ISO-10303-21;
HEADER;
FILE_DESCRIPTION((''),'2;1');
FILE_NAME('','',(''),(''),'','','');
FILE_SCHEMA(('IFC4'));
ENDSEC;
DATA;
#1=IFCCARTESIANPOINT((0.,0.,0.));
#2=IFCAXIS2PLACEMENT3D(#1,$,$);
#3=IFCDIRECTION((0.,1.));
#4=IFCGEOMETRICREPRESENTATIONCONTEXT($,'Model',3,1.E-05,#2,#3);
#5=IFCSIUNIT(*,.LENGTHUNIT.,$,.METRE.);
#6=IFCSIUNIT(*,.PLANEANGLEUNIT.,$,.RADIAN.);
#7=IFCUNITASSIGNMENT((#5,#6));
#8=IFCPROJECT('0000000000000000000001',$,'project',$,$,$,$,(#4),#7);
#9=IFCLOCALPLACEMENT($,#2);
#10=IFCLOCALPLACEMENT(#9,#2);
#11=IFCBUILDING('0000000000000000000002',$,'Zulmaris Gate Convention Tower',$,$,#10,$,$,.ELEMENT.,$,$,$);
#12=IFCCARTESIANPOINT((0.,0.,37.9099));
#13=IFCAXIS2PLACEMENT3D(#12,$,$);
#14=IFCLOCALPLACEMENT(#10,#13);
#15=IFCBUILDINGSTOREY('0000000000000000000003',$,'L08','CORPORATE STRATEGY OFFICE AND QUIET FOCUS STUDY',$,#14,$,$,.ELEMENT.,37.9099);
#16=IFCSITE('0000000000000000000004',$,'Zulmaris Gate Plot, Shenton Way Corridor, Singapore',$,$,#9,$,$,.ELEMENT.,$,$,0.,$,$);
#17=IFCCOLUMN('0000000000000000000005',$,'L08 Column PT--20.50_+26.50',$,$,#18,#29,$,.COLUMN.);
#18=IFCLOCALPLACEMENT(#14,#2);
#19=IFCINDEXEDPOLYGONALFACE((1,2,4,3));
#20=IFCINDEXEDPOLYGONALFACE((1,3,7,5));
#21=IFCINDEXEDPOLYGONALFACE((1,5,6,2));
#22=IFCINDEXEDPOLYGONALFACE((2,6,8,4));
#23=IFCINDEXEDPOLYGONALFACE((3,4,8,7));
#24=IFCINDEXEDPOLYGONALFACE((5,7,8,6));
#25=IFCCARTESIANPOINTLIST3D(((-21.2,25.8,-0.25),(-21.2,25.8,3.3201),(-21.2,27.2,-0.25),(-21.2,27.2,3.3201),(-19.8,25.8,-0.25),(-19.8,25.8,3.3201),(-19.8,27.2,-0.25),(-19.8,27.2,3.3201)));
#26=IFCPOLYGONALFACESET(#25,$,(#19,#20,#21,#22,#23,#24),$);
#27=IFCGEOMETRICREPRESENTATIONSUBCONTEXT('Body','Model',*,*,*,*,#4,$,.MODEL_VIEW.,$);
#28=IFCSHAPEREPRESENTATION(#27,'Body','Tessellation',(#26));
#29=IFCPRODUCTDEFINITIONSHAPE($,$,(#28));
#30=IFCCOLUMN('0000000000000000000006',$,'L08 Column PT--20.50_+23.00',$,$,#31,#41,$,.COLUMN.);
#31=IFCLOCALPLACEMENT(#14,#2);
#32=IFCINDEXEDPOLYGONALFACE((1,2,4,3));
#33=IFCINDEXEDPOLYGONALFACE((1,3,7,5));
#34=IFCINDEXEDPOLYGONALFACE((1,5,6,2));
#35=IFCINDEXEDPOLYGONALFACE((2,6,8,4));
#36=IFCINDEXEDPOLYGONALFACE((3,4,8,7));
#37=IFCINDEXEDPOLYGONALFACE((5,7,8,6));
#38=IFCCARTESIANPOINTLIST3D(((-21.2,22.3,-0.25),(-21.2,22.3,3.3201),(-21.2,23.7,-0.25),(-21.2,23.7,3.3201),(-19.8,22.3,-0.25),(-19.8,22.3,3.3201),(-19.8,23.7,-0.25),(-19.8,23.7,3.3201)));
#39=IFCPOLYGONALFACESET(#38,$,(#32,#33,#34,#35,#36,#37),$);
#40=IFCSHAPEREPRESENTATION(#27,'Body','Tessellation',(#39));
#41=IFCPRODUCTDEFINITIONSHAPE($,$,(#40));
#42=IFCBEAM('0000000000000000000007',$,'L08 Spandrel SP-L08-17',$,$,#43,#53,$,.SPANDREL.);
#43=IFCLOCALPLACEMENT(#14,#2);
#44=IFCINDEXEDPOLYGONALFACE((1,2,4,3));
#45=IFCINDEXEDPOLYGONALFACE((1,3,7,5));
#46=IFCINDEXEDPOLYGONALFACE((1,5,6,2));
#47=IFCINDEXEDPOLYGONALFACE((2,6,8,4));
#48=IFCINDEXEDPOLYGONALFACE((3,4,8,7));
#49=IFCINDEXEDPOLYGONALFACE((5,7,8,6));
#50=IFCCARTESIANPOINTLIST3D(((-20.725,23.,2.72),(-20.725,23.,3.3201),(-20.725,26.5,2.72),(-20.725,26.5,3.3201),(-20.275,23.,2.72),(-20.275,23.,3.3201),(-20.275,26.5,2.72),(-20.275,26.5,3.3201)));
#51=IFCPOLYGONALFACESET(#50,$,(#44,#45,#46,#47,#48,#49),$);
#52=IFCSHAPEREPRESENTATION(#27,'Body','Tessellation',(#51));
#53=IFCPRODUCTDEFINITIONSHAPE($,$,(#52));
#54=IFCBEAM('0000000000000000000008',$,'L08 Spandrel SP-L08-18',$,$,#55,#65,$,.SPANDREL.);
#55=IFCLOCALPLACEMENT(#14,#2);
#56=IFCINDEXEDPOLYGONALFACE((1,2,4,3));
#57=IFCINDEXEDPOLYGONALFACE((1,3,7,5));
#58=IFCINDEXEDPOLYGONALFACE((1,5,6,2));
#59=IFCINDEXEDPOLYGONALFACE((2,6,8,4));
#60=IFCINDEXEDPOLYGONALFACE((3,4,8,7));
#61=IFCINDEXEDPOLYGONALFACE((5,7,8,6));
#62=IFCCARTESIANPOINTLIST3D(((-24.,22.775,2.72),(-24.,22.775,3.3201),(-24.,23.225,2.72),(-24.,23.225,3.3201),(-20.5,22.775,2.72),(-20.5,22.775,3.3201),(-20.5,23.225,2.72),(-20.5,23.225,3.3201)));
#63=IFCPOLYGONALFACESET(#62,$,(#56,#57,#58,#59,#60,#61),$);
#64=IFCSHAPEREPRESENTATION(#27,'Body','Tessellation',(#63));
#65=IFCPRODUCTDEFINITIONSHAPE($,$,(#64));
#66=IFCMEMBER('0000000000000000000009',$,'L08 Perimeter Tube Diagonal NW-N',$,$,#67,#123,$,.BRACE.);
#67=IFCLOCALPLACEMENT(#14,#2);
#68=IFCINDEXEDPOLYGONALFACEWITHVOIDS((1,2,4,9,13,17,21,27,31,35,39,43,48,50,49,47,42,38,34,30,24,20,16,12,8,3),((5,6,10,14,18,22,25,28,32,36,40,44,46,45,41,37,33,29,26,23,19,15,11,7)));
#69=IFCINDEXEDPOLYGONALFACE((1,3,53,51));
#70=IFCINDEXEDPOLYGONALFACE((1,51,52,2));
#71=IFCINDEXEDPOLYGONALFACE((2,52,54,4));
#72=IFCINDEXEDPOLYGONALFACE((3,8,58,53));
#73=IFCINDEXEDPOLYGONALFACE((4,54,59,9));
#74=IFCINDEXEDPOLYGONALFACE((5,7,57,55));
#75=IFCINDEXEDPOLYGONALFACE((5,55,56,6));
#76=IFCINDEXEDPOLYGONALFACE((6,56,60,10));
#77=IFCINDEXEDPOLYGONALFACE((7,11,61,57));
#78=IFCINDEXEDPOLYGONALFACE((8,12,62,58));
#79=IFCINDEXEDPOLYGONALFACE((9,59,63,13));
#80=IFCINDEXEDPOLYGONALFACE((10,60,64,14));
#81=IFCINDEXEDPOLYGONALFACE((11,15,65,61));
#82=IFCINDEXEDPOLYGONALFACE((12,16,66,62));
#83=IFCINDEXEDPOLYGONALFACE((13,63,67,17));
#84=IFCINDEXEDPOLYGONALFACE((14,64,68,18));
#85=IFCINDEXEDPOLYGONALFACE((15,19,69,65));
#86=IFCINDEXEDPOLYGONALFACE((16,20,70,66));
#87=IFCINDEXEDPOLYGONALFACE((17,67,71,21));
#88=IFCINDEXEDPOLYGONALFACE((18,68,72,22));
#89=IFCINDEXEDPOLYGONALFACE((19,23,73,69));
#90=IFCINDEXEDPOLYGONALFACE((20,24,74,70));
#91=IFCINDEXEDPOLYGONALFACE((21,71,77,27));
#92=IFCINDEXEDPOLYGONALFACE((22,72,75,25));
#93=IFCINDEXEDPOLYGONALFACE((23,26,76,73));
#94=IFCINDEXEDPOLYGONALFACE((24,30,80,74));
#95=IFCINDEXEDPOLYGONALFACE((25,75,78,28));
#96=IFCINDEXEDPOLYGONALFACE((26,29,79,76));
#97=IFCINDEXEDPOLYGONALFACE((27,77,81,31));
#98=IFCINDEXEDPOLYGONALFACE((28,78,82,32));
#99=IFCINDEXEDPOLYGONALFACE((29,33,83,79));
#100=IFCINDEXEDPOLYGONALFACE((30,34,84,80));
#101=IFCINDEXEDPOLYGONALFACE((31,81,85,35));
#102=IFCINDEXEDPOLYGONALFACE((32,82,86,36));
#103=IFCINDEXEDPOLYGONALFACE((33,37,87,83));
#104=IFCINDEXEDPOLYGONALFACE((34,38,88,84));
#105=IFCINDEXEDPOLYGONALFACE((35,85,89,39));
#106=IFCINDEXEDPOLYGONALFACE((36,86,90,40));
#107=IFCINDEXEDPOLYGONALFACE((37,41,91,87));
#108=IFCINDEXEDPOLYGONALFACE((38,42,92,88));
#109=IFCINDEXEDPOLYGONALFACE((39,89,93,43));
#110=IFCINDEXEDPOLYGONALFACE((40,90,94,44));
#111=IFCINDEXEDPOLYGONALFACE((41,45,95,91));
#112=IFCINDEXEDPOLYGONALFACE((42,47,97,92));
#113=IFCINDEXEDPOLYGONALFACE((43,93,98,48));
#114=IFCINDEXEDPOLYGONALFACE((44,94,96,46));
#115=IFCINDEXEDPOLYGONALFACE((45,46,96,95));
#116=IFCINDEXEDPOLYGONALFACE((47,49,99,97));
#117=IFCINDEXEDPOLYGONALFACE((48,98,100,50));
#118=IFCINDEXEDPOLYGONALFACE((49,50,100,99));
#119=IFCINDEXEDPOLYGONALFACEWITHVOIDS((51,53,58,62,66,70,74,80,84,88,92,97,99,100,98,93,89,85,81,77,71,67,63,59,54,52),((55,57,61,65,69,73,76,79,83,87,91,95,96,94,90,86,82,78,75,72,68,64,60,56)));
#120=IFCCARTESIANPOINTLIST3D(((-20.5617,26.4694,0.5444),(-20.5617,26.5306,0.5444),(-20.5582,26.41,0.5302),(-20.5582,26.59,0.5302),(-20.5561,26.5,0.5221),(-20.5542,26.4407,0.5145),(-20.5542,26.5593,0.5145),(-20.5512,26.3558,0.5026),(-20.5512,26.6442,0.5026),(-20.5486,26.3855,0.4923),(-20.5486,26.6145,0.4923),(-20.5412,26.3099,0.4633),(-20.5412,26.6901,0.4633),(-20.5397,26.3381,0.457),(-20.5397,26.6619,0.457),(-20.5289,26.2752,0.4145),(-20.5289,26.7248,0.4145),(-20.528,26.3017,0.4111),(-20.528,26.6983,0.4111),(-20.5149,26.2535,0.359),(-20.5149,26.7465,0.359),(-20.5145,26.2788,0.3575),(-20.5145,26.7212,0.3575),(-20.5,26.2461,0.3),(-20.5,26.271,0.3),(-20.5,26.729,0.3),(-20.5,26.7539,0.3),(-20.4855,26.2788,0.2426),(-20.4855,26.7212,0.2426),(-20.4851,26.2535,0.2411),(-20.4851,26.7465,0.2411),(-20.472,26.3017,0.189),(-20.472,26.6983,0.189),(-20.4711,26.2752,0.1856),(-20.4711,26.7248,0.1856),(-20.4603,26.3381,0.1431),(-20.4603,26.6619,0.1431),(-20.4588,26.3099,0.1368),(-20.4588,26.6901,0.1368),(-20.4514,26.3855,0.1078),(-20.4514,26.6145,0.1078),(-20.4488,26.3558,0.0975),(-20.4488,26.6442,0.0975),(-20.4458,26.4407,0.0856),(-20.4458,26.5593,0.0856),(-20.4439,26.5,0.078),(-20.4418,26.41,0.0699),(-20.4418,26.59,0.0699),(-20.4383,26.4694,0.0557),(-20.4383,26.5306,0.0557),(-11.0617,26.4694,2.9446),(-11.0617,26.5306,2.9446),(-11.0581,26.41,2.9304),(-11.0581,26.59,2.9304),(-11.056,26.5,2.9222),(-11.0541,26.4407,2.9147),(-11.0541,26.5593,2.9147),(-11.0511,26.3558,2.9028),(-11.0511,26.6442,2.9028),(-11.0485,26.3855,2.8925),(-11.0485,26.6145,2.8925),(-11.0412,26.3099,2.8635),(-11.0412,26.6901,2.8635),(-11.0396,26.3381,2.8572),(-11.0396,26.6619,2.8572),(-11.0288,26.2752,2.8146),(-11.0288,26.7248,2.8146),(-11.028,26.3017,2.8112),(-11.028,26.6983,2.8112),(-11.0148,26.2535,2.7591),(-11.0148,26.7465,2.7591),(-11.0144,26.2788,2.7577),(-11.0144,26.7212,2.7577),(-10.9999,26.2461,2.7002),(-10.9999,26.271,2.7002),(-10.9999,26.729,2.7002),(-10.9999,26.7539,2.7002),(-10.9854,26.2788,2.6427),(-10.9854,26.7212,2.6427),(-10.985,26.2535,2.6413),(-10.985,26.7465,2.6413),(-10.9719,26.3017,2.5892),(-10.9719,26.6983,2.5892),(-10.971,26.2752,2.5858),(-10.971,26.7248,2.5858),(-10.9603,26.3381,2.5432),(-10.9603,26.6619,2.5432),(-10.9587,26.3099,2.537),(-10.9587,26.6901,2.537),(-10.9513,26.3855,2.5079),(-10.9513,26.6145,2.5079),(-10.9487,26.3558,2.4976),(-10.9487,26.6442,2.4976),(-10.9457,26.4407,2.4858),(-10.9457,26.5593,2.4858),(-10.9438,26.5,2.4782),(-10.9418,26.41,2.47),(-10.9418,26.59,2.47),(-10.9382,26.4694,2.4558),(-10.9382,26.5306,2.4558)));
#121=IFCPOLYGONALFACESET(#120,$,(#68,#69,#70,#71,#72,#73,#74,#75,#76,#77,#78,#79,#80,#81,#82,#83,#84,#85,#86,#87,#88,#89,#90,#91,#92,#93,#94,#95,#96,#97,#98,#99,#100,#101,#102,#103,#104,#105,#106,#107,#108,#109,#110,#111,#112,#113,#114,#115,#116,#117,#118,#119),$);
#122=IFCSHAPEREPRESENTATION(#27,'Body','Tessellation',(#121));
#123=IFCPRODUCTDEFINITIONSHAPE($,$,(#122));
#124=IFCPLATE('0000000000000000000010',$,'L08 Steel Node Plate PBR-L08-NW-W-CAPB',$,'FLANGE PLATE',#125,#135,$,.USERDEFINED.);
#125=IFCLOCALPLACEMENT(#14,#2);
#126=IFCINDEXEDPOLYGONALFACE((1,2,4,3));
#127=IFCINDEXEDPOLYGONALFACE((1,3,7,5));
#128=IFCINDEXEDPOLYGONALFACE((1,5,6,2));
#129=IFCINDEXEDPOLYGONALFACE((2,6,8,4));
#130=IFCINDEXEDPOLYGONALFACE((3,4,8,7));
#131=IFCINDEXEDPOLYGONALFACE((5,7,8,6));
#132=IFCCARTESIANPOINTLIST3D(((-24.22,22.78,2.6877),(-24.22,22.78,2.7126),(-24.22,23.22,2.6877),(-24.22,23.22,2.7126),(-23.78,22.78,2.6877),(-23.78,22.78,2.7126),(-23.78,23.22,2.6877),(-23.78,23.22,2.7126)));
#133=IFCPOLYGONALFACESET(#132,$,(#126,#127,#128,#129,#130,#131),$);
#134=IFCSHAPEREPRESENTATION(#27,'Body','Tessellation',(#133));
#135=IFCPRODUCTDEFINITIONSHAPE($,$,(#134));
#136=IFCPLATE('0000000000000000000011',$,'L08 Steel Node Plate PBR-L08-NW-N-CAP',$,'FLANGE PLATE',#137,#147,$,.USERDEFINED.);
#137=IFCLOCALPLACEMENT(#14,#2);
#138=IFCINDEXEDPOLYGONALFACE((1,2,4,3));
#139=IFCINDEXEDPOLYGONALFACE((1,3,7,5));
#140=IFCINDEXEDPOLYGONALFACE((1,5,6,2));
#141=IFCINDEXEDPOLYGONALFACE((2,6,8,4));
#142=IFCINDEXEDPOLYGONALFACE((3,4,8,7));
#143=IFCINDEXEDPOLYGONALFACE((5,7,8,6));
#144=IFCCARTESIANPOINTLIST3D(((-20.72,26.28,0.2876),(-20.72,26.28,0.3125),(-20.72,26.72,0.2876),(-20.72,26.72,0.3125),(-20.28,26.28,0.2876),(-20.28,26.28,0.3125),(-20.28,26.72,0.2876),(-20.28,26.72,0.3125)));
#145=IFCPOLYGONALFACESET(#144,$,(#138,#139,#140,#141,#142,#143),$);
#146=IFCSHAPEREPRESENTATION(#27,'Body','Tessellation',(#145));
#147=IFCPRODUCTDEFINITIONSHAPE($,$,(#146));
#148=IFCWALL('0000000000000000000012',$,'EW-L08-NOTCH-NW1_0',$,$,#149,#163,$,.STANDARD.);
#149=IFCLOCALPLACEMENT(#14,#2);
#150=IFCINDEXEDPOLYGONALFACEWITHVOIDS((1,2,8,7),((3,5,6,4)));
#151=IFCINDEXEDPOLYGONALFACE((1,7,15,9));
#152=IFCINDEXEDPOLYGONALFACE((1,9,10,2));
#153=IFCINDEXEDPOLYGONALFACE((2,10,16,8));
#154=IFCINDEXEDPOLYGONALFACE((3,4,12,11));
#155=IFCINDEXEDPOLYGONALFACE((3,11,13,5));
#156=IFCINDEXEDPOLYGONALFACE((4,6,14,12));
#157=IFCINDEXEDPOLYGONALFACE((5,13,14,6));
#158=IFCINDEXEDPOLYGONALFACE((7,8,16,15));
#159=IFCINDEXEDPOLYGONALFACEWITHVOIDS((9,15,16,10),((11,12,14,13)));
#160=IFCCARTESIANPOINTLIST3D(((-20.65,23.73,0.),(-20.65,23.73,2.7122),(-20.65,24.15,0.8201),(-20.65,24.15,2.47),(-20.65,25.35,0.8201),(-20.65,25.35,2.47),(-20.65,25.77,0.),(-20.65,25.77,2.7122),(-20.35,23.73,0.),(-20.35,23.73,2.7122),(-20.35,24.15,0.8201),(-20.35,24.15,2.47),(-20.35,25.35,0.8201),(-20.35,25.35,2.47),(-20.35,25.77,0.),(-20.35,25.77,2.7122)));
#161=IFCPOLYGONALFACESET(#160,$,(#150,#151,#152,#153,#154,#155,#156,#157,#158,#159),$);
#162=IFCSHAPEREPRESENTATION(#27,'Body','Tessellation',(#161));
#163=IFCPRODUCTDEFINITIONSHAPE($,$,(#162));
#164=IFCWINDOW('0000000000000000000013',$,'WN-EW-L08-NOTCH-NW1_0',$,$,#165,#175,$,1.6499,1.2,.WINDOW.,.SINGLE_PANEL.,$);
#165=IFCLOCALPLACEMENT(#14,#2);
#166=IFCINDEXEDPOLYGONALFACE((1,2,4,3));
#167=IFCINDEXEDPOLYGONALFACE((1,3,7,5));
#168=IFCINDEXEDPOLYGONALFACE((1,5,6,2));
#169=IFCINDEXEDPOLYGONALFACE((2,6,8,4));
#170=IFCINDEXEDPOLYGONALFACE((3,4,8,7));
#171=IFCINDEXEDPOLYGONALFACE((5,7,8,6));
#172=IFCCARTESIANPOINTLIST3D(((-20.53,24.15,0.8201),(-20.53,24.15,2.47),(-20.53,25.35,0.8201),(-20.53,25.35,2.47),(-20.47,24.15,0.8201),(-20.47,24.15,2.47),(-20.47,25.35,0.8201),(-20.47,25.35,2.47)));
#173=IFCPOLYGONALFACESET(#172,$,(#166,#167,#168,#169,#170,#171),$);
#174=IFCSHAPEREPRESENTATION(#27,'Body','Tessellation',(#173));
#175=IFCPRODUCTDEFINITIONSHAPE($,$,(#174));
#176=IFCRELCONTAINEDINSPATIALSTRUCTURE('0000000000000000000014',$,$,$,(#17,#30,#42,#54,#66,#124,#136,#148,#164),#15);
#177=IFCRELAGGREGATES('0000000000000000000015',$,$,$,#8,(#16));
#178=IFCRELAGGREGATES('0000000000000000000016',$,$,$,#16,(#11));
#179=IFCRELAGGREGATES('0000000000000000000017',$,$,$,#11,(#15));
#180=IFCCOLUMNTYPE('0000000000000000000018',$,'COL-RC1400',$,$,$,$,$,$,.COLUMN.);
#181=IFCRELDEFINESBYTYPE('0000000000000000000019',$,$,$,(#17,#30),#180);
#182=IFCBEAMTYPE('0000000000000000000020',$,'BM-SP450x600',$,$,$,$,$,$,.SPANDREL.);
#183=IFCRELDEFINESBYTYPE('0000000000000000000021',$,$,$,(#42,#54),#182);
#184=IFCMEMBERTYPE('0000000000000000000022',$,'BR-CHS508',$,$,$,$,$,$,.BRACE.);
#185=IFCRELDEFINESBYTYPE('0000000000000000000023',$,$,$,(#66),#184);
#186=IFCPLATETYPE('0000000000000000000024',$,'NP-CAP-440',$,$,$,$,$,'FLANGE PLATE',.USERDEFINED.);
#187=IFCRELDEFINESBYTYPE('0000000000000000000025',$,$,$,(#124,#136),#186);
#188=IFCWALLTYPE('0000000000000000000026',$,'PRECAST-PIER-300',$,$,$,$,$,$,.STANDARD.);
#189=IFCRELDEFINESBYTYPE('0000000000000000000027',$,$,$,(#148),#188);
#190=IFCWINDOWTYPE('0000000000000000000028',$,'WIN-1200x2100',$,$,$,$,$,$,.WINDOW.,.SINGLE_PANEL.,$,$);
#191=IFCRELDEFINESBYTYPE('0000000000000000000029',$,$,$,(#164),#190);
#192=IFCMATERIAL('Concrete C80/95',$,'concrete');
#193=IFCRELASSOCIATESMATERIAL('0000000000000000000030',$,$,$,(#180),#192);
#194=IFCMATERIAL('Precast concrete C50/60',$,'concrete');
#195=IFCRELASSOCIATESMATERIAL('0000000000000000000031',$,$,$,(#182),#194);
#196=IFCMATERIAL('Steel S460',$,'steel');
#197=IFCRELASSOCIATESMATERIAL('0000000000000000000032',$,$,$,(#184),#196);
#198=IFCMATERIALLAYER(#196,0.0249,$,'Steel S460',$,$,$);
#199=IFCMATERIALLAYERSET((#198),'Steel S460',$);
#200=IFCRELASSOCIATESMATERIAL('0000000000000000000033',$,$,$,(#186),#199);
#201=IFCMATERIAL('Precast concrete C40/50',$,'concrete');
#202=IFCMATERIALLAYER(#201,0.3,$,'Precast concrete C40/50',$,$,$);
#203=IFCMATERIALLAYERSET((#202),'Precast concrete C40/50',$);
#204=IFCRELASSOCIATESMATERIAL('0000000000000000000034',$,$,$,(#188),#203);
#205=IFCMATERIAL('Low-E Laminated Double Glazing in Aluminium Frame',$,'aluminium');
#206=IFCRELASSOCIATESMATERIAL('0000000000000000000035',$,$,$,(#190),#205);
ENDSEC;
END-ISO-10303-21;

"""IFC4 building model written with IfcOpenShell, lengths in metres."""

from ifc_helpers import new_model, si_unit, direction, frame, frame_2d, origin, origin_2d, place, context, subcontext, project, spatial, rectangle, hollow_circle, extrude, material, layer, layer_set, material_profile, profile_set, type_object, element, fill, save


model = new_model("IFC4")

# Units and contexts
model_context = context("Model", 3, precision=1e-05, world=origin(), true_north=direction((0.0, 1.0)))
body_context = subcontext(model_context, "Body", "Model", "MODEL_VIEW")
ifc_project = project(units=[si_unit("LENGTHUNIT", "METRE"), si_unit("PLANEANGLEUNIT", "RADIAN")], contexts=[model_context])

# Site, building, storey
site_placement = place(None, origin())
site = spatial("IfcSite", under=ifc_project, at=site_placement, Name="Zulmaris Gate Plot, Shenton Way Corridor, Singapore", CompositionType="ELEMENT", RefElevation=0.0)
building_placement = place(site_placement, origin())
building = spatial("IfcBuilding", under=site, at=building_placement, Name="Zulmaris Gate Convention Tower", CompositionType="ELEMENT")
storey_placement = place(building_placement, frame((0.0, 0.0, 37.9099)))
storey = spatial("IfcBuildingStorey", under=building, at=storey_placement, Name="L08", Description="CORPORATE STRATEGY OFFICE AND QUIET FOCUS STUDY", CompositionType="ELEMENT", Elevation=37.9099)

# Columns
ifc_material_1 = material(Name="Concrete C80/95", Category="concrete")
ifc_material_profile_1 = material_profile(ifc_material_1, rectangle(XDim=1.3999, YDim=1.3999, at=origin_2d()), Name="RC COL 1400x1400")
ifc_profile_set_1 = profile_set([ifc_material_profile_1], Name="Concrete C80/95")
column_type = type_object("IfcColumnType", Name="COL-RC1400", PredefinedType="COLUMN", material=ifc_profile_set_1)
for number, where, z_axis, x_axis, name in (
    (1, (-20.5, 26.5, -0.25), (0.0, 0.0, 1.0), (1.0, 0.0, 0.0), "L08 Column PT--20.50_+26.50"),
    (2, (-20.5, 23.0, -0.25), (0.0, 0.0, 1.0), (1.0, 0.0, 0.0), "L08 Column PT--20.50_+23.00"),
):
    element("IfcColumn", number, at=place(storey_placement, frame(where, z_axis=z_axis, x_axis=x_axis)), inside=storey, type_object=column_type, Name=name, PredefinedType="COLUMN", context=body_context, shape_type="SweptSolid", body=[
        extrude(rectangle(XDim=1.3999, YDim=1.3999, at=origin_2d()), origin(), (0.0, 0.0, 1.0), 3.5701),
    ])

# Beams
ifc_material_2 = material(Name="Precast concrete C50/60", Category="concrete")
ifc_material_profile_2 = material_profile(ifc_material_2, rectangle(XDim=0.45, YDim=0.6001, at=origin_2d()), Name="RC SPANDREL 450x600")
ifc_profile_set_2 = profile_set([ifc_material_profile_2], Name="Precast concrete C50/60")
beam_type = type_object("IfcBeamType", Name="BM-SP450x600", PredefinedType="SPANDREL", material=ifc_profile_set_2)
for number, where, z_axis, x_axis, name in (
    (3, (-20.5, 26.5, 3.02), (0.0, -1.0, 0.0), (1.0, 0.0, 0.0), "L08 Spandrel SP-L08-17"),
    (4, (-20.5, 23.0, 3.02), (-1.0, 0.0, 0.0), (0.0, -1.0, 0.0), "L08 Spandrel SP-L08-18"),
):
    element("IfcBeam", number, at=place(storey_placement, frame(where, z_axis=z_axis, x_axis=x_axis)), inside=storey, type_object=beam_type, Name=name, PredefinedType="SPANDREL", context=body_context, shape_type="SweptSolid", body=[
        extrude(rectangle(XDim=0.45, YDim=0.6001, at=origin_2d()), origin(), (0.0, 0.0, 1.0), 3.5),
    ])

# Member
ifc_material_3 = material(Name="Steel S460", Category="steel")
ifc_material_profile_3 = material_profile(ifc_material_3, hollow_circle(Radius=0.2539, WallThickness=0.0249, at=origin_2d()), Name="CHS 508x25")
ifc_profile_set_3 = profile_set([ifc_material_profile_3], Name="Steel S460")
member_type = type_object("IfcMemberType", Name="BR-CHS508", PredefinedType="BRACE", material=ifc_profile_set_3)
member_placement = place(storey_placement, frame((-20.5, 26.5, 0.3), z_axis=(0.969536, 0.0, 0.24495), x_axis=(0.0, 1.0, 0.0)))
element("IfcMember", 5, at=member_placement, inside=storey, type_object=member_type, Name="L08 Perimeter Tube Diagonal NW-N", PredefinedType="BRACE", context=body_context, shape_type="SweptSolid", body=[
    extrude(hollow_circle(Radius=0.2539, WallThickness=0.0249, at=origin_2d()), origin(), (0.0, 0.0, 1.0), 9.7986),
])

# Plates
ifc_layer_1 = layer(ifc_material_3, 0.0249, Name="Steel S460")
ifc_layer_set_1 = layer_set([ifc_layer_1], Name="Steel S460")
plate_type = type_object("IfcPlateType", Name="NP-CAP-440", ElementType="FLANGE PLATE", PredefinedType="USERDEFINED", material=ifc_layer_set_1)
for number, where, z_axis, x_axis, name in (
    (6, (-24.0, 23.0, 2.6877), (0.0, 0.0, 1.0), (1.0, 0.0, 0.0), "L08 Steel Node Plate PBR-L08-NW-W-CAPB"),
    (7, (-20.5, 26.5, 0.2876), (0.0, 0.0, 1.0), (1.0, 0.0, 0.0), "L08 Steel Node Plate PBR-L08-NW-N-CAP"),
):
    element("IfcPlate", number, at=place(storey_placement, frame(where, z_axis=z_axis, x_axis=x_axis)), inside=storey, type_object=plate_type, Name=name, ObjectType="FLANGE PLATE", PredefinedType="USERDEFINED", context=body_context, shape_type="SweptSolid", body=[
        extrude(rectangle(XDim=0.4399, YDim=0.4399, at=origin_2d()), origin(), (0.0, 0.0, 1.0), 0.0249),
    ])

# Wall, opening, window
ifc_material_4 = material(Name="Precast concrete C40/50", Category="concrete")
ifc_layer_2 = layer(ifc_material_4, 0.3, Name="Precast concrete C40/50")
ifc_layer_set_2 = layer_set([ifc_layer_2], Name="Precast concrete C40/50")
wall_type = type_object("IfcWallType", Name="PRECAST-PIER-300", PredefinedType="STANDARD", material=ifc_layer_set_2)
wall_1_placement = place(storey_placement, frame((-20.5, 25.77, 0.0), z_axis=(0.0, 0.0, 1.0), x_axis=(0.0, -1.0, 0.0)))
wall_1 = element("IfcWall", 8, at=wall_1_placement, inside=storey, type_object=wall_type, Name="EW-L08-NOTCH-NW1_0", PredefinedType="STANDARD", context=body_context, shape_type="SweptSolid", body=[
    extrude(rectangle(XDim=2.04, YDim=0.3, at=frame_2d((1.02, 0.0))), origin(), (0.0, 0.0, 1.0), 2.7122),
])
opening_1_placement = place(wall_1_placement, frame((0.4199, 0.0, 0.8201)))
opening_1 = element("IfcOpeningElement", 9, at=opening_1_placement, cuts=wall_1, PredefinedType="OPENING", context=body_context, shape_type="SweptSolid", body=[
    extrude(rectangle(XDim=1.2, YDim=1.6499, at=frame_2d((0.6001, 0.825))), frame((0.0, 0.1602, 0.0), z_axis=(0.0, -1.0, 0.0), x_axis=(1.0, 0.0, 0.0)), (0.0, 0.0, 1.0), 0.3201),
])
ifc_material_5 = material(Name="Low-E Laminated Double Glazing in Aluminium Frame", Category="aluminium")
window_type = type_object("IfcWindowType", Name="WIN-1200x2100", PartitioningType="SINGLE_PANEL", PredefinedType="WINDOW", material=ifc_material_5)
window_1_placement = place(opening_1_placement, origin())
window_1 = element("IfcWindow", 10, at=window_1_placement, inside=storey, type_object=window_type, Name="WN-EW-L08-NOTCH-NW1_0", OverallHeight=1.6499, OverallWidth=1.2, PartitioningType="SINGLE_PANEL", PredefinedType="WINDOW", context=body_context, shape_type="SweptSolid", body=[
    extrude(rectangle(XDim=1.2, YDim=1.6499, at=frame_2d((0.6001, 0.825))), frame((0.0, 0.03, 0.0), z_axis=(0.0, -1.0, 0.0), x_axis=(1.0, 0.0, 0.0)), (0.0, 0.0, 1.0), 0.0601),
])
fill(opening_1, window_1)

save(model, "model.ifc")
